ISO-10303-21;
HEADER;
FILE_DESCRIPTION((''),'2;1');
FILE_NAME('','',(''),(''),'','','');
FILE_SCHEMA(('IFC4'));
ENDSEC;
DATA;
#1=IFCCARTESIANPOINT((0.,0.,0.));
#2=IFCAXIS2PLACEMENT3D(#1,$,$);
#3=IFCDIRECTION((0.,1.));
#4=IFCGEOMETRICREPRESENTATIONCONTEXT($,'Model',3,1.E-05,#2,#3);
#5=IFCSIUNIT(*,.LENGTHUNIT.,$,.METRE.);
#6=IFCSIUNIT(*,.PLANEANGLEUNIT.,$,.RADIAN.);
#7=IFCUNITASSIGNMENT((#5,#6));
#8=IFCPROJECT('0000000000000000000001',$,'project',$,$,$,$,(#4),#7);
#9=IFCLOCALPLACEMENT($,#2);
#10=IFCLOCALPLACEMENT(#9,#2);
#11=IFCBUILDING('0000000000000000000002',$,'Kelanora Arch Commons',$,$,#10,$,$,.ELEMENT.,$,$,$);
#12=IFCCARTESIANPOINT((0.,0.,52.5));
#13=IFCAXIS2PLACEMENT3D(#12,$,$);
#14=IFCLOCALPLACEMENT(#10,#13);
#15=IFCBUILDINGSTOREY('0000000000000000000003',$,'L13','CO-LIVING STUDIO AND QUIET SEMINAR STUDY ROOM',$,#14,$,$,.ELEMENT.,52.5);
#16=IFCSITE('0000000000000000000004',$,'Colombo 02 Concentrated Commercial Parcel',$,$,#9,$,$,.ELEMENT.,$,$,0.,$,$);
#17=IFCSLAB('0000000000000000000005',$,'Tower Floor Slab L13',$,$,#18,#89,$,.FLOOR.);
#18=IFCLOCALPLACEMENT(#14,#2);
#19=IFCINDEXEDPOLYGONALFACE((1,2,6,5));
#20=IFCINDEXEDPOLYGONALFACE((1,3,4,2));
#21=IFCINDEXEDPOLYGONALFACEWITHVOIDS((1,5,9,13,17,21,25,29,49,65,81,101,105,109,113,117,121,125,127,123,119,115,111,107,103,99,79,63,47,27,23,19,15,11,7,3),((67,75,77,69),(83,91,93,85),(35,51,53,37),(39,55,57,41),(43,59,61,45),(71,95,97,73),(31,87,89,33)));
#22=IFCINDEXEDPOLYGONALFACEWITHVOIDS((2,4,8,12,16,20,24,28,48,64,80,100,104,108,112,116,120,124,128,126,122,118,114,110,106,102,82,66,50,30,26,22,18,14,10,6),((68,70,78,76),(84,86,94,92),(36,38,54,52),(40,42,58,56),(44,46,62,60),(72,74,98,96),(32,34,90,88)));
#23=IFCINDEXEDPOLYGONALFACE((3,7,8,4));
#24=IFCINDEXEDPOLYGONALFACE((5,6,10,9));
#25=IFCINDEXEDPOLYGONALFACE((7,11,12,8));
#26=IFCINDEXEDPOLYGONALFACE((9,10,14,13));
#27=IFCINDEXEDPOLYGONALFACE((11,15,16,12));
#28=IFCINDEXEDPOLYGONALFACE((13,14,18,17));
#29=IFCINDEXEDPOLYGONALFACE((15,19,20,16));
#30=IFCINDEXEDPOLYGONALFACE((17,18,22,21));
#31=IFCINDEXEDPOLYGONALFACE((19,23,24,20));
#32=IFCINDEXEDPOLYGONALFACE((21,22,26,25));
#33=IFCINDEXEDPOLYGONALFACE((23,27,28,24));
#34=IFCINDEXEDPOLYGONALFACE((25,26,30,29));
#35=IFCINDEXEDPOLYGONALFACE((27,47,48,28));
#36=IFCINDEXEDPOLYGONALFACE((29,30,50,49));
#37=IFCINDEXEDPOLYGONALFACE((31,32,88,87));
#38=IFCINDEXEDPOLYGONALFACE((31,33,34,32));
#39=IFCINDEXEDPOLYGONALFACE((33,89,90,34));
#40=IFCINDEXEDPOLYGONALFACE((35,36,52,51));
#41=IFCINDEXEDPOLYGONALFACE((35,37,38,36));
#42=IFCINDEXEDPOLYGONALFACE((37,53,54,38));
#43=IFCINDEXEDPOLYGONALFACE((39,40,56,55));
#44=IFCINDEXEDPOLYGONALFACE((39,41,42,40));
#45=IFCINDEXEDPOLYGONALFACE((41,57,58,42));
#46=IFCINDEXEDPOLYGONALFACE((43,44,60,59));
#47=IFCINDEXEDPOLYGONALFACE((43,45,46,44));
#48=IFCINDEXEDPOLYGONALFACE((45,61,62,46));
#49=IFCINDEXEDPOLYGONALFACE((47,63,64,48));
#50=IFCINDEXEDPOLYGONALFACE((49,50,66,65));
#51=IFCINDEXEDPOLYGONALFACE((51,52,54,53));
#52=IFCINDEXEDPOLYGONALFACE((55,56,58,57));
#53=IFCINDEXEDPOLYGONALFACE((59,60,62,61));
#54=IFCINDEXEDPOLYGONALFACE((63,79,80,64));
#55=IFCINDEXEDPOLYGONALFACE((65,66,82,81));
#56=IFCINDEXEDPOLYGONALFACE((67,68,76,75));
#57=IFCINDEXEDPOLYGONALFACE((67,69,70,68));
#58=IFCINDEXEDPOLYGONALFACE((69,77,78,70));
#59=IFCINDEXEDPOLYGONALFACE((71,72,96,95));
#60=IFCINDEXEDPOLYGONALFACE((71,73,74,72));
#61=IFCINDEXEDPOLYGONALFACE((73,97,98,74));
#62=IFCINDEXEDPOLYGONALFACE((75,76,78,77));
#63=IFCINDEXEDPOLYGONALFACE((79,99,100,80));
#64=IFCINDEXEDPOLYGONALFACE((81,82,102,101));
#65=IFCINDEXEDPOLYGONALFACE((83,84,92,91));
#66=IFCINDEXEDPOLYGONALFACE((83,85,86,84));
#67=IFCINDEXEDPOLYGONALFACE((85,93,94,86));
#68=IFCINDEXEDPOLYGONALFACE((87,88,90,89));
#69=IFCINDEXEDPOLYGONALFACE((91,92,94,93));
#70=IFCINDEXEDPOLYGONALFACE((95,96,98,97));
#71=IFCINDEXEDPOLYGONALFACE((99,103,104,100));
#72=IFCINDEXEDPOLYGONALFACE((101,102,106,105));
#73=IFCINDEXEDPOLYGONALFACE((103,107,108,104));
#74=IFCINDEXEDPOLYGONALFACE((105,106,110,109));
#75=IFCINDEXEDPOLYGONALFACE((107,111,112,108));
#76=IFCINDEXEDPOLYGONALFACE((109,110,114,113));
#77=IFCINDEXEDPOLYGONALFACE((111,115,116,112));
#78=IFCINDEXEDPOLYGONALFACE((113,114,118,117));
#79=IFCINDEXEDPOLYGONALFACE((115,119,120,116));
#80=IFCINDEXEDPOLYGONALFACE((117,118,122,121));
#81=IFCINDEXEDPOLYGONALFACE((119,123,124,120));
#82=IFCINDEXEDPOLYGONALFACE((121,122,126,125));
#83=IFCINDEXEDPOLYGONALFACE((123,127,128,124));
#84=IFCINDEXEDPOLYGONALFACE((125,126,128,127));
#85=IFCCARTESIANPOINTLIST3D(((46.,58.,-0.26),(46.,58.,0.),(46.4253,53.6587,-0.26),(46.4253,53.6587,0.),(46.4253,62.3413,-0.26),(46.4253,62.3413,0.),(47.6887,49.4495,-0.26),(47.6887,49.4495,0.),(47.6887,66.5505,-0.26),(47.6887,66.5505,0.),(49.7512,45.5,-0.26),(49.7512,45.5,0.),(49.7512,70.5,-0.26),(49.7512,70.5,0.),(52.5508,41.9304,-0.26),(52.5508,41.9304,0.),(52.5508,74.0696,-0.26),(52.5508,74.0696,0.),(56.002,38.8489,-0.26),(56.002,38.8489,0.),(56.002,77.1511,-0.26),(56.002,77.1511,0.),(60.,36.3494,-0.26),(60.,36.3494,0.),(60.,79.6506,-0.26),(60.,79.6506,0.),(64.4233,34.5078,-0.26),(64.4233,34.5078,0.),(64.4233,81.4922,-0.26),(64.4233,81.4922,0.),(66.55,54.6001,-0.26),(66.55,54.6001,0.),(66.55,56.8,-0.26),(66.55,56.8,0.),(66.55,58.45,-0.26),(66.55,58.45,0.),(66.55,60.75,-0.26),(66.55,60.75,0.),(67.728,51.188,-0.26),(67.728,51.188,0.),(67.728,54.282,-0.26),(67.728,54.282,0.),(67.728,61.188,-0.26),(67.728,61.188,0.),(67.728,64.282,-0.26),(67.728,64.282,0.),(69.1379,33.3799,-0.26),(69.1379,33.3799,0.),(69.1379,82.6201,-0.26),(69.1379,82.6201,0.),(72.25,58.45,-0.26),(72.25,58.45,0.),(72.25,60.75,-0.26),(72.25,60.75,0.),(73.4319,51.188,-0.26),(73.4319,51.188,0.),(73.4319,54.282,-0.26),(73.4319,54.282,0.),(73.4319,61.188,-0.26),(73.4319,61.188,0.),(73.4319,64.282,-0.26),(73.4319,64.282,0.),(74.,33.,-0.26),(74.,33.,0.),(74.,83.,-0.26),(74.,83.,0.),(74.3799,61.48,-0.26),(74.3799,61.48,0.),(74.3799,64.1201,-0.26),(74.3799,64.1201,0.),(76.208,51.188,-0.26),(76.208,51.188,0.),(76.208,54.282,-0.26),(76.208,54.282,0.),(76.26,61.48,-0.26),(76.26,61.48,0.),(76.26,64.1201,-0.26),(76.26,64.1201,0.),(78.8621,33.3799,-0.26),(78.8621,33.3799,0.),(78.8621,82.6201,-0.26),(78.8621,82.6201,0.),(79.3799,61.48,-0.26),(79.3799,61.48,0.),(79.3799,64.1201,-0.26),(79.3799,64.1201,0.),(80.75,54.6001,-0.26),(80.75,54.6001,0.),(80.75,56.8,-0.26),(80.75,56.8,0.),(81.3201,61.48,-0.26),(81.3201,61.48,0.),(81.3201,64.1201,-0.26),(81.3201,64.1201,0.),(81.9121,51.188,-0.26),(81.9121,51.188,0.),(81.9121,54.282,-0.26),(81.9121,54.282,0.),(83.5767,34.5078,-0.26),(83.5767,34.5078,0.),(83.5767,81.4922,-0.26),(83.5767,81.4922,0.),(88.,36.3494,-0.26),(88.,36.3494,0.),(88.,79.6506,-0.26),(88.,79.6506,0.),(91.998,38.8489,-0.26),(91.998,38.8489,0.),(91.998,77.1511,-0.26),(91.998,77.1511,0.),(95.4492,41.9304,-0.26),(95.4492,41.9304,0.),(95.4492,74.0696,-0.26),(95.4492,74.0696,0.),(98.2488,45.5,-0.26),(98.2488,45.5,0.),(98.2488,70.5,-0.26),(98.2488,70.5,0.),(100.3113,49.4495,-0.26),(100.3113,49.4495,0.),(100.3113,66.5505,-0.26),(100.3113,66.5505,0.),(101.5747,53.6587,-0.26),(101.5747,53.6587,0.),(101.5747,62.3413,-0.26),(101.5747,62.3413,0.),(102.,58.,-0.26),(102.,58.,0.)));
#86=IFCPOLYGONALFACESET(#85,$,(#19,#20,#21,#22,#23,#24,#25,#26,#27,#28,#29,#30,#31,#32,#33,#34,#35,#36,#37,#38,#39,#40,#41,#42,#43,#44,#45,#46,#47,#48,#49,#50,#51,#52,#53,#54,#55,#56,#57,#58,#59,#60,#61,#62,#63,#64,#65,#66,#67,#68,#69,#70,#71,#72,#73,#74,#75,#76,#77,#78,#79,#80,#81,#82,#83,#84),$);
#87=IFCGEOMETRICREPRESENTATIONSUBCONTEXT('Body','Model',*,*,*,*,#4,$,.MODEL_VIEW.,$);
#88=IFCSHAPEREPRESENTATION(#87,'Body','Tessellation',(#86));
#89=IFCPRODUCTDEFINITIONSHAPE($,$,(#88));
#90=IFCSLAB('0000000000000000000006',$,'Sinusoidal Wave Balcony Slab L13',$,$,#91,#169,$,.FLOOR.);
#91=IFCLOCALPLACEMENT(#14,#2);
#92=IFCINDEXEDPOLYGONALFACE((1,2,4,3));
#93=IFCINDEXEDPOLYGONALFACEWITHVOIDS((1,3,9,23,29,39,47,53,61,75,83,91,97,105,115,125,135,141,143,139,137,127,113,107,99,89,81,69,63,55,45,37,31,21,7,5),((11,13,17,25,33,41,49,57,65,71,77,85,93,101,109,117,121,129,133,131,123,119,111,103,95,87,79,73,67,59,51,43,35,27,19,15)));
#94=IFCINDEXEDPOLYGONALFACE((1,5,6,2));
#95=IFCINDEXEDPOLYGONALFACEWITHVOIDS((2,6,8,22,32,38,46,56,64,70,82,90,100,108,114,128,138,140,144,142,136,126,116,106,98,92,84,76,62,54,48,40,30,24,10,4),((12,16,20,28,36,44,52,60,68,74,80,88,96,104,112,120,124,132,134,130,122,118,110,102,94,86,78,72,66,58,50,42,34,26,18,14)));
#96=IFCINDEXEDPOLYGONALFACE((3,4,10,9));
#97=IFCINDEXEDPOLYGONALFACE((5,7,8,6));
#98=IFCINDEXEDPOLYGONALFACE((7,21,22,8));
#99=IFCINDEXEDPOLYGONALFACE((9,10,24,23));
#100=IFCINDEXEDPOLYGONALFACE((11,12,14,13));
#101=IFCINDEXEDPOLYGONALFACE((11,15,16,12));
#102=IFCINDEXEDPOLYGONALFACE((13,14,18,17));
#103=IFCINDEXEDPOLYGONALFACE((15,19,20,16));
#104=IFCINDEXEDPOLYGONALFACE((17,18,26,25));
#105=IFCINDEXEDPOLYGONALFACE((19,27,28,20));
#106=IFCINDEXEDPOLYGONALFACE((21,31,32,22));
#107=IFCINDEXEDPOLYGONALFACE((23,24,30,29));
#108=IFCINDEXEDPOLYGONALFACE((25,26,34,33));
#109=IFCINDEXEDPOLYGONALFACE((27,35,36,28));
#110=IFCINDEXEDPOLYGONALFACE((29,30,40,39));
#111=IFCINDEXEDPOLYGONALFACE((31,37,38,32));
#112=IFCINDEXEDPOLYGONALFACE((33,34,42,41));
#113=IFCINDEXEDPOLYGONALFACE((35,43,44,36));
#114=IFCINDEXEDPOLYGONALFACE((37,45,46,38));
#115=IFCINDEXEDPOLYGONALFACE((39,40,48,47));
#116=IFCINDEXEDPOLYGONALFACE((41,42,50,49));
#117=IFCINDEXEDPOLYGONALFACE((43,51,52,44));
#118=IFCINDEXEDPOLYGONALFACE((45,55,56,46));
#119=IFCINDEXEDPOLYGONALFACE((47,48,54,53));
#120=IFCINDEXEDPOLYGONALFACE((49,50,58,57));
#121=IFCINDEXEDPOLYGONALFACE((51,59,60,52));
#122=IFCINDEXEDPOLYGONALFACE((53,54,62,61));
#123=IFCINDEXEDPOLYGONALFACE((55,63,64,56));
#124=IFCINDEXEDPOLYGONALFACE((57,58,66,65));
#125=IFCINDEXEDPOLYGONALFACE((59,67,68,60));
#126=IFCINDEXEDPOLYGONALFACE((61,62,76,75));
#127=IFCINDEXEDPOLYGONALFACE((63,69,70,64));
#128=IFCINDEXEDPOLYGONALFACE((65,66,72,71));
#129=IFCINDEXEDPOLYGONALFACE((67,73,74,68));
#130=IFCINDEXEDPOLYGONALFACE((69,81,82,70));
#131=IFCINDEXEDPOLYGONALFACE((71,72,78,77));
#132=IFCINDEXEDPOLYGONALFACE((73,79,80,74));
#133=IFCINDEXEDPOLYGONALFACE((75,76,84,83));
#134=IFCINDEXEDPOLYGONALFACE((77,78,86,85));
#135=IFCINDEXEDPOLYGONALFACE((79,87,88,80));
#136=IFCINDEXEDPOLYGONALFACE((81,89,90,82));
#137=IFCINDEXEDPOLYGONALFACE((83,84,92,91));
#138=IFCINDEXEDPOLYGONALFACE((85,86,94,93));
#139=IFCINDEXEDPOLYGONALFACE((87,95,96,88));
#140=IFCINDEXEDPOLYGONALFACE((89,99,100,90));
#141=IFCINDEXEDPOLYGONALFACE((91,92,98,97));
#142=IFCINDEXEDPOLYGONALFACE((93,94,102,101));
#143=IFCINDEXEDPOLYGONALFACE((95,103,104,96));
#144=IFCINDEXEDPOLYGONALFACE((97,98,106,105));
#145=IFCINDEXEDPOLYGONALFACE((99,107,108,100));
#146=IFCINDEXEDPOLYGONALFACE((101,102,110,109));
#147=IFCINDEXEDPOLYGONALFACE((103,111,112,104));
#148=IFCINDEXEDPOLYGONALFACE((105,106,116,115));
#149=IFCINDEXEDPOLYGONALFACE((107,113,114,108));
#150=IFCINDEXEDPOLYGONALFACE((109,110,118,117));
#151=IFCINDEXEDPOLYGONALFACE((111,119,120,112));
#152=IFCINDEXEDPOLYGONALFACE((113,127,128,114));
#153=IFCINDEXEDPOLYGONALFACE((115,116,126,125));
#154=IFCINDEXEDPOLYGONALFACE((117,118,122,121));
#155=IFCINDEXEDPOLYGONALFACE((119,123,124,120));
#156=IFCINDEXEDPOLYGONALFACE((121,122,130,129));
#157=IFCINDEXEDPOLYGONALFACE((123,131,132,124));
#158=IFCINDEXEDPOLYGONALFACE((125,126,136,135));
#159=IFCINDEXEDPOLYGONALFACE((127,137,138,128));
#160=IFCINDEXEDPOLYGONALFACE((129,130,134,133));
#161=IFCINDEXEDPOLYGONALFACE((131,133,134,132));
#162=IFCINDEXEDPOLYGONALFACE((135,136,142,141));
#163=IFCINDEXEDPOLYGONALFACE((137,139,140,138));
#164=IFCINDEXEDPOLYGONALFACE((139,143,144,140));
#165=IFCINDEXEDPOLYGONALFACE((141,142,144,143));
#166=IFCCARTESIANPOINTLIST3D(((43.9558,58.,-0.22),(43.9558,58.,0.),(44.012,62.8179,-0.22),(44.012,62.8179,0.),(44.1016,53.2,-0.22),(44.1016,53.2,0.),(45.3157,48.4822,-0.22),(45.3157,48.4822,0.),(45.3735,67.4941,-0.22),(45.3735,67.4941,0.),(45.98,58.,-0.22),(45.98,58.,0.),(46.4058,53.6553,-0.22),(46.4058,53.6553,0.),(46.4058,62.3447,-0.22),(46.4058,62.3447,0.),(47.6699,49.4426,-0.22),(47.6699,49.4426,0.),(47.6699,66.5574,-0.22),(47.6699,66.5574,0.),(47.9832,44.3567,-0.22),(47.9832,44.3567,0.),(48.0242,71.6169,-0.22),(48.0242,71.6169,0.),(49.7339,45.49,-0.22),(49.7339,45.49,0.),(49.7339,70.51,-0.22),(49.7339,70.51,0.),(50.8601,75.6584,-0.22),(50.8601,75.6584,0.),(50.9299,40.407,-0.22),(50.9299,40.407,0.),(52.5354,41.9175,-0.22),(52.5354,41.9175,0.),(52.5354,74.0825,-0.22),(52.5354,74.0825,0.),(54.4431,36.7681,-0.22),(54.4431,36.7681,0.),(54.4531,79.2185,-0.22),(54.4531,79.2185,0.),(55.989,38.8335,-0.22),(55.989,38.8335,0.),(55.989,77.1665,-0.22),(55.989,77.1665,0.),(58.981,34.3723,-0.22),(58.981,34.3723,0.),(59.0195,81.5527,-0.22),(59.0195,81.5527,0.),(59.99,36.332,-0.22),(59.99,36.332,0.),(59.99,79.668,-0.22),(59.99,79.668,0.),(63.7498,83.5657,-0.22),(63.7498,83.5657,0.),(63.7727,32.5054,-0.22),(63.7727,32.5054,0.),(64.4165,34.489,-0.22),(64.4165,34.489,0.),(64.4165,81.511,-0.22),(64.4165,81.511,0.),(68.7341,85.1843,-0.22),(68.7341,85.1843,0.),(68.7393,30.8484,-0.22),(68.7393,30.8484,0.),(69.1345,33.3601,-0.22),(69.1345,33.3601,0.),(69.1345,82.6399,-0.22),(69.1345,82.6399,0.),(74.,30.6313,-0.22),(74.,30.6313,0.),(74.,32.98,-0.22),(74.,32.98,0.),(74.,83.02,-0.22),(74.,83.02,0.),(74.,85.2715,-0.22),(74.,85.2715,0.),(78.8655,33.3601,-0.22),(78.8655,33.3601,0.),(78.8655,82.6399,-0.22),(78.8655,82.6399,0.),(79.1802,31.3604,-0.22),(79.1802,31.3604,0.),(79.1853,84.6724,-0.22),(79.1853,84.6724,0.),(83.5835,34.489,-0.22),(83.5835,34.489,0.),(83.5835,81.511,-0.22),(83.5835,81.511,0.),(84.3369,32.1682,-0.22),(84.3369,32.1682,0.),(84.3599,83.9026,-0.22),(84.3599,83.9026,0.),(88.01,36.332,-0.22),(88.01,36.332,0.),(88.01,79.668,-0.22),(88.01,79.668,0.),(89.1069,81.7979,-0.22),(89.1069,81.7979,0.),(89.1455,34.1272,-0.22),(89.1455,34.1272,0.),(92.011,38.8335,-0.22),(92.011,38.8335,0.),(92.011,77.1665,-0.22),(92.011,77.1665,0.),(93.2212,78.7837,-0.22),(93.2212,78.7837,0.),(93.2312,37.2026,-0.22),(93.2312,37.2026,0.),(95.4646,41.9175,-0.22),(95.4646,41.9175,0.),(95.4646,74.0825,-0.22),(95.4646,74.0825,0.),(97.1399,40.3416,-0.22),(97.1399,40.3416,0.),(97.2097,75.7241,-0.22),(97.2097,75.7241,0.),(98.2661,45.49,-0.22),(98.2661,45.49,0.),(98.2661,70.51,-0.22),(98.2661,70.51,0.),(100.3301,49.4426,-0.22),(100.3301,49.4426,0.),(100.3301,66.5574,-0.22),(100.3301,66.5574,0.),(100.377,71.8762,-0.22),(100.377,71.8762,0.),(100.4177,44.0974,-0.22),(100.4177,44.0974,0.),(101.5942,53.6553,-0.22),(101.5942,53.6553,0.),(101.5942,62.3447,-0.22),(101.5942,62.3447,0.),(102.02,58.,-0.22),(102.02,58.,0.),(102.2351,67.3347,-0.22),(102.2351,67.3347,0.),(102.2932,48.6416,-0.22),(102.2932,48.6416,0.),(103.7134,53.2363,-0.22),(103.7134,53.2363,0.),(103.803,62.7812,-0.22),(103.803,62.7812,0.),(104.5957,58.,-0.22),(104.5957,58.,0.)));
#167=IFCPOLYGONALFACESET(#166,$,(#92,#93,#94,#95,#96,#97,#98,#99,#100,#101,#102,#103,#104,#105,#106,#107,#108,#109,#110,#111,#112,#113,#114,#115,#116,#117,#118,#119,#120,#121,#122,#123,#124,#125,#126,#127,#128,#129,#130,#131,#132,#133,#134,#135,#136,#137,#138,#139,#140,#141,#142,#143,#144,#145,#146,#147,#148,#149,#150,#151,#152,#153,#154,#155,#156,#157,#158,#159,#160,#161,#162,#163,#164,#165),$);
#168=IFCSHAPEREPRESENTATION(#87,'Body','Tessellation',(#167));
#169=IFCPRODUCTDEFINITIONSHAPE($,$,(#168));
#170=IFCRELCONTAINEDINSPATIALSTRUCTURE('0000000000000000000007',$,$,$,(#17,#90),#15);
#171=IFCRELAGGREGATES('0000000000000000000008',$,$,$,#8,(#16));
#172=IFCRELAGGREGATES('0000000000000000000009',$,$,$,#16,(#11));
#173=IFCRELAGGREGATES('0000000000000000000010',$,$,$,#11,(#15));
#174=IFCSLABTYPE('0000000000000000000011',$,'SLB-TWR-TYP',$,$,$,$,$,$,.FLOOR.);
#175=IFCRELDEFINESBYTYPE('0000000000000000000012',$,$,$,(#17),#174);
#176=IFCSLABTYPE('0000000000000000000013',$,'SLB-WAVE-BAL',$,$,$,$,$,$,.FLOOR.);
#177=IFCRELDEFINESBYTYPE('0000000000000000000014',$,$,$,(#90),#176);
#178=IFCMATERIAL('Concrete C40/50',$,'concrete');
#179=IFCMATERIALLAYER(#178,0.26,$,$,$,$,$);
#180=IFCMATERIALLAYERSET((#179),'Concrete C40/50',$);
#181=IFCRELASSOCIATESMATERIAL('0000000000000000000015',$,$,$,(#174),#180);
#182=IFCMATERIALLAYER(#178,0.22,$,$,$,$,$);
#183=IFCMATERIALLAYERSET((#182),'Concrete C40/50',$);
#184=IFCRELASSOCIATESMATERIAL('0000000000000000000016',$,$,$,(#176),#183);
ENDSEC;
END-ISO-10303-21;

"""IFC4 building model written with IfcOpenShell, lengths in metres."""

from ifc_helpers import new_model, si_unit, direction, frame, origin, place, context, subcontext, project, spatial, polyline, outline, extrude, material, layer, layer_set, type_object, element, save


model = new_model("IFC4")

# Units and contexts
model_context = context("Model", 3, precision=1e-05, world=origin(), true_north=direction((0.0, 1.0)))
body_context = subcontext(model_context, "Body", "Model", "MODEL_VIEW")
ifc_project = project(units=[si_unit("LENGTHUNIT", "METRE"), si_unit("PLANEANGLEUNIT", "RADIAN")], contexts=[model_context])

# Site, building, storey
site_placement = place(None, origin())
site = spatial("IfcSite", under=ifc_project, at=site_placement, Name="Colombo 02 Concentrated Commercial Parcel", CompositionType="ELEMENT", RefElevation=0.0)
building_placement = place(site_placement, origin())
building = spatial("IfcBuilding", under=site, at=building_placement, Name="Kelanora Arch Commons", CompositionType="ELEMENT")
storey_placement = place(building_placement, frame((0.0, 0.0, 52.5)))
storey = spatial("IfcBuildingStorey", under=building, at=storey_placement, Name="L13", Description="CO-LIVING STUDIO AND QUIET SEMINAR STUDY ROOM", CompositionType="ELEMENT", Elevation=52.5)

# Shared definitions
ifc_material_1 = material(Name="Concrete C40/50", Category="concrete")

# Slabs
ifc_layer_1 = layer(ifc_material_1, 0.26)
ifc_layer_set_1 = layer_set([ifc_layer_1], Name="Concrete C40/50")
slab_type_1 = type_object("IfcSlabType", Name="SLB-TWR-TYP", PredefinedType="FLOOR", material=ifc_layer_set_1)
slab_1_placement = place(storey_placement, frame((0.0, 0.0, -0.26)))
element("IfcSlab", 1, at=slab_1_placement, inside=storey, type_object=slab_type_1, Name="Tower Floor Slab L13", PredefinedType="FLOOR", context=body_context, shape_type="SweptSolid", body=[
    extrude(outline(polyline([(102.0, 58.0), (101.5747, 62.3413), (100.3113, 66.5505), (98.2488, 70.5), (95.4492, 74.0696), (91.998, 77.1511), (88.0, 79.6506), (83.5767, 81.4922), (78.8621, 82.6201), (74.0, 83.0), (69.1379, 82.6201), (64.4233, 81.4922), (60.0, 79.6506), (56.002, 77.1511), (52.5508, 74.0696), (49.7512, 70.5), (47.6887, 66.5505), (46.4253, 62.3413), (46.0, 58.0), (46.4253, 53.6587), (47.6887, 49.4495), (49.7512, 45.5), (52.5508, 41.9304), (56.002, 38.8489), (60.0, 36.3494), (64.4233, 34.5078), (69.1379, 33.3799), (74.0, 33.0), (78.8621, 33.3799), (83.5767, 34.5078), (88.0, 36.3494), (91.998, 38.8489), (95.4492, 41.9304), (98.2488, 45.5), (100.3113, 49.4495), (101.5747, 53.6587), (102.0, 58.0)]), holes=[polyline([(73.4319, 51.188), (67.728, 51.188), (67.728, 54.282), (73.4319, 54.282), (73.4319, 51.188)]), polyline([(76.208, 51.188), (76.208, 54.282), (81.9121, 54.282), (81.9121, 51.188), (76.208, 51.188)]), polyline([(66.55, 54.6001), (66.55, 56.8), (80.75, 56.8), (80.75, 54.6001), (66.55, 54.6001)]), polyline([(66.55, 58.45), (66.55, 60.75), (72.25, 60.75), (72.25, 58.45), (66.55, 58.45)]), polyline([(67.728, 61.188), (67.728, 64.282), (73.4319, 64.282), (73.4319, 61.188), (67.728, 61.188)]), polyline([(74.3799, 61.48), (74.3799, 64.1201), (76.26, 64.1201), (76.26, 61.48), (74.3799, 61.48)]), polyline([(79.3799, 61.48), (79.3799, 64.1201), (81.3201, 64.1201), (81.3201, 61.48), (79.3799, 61.48)])]), origin(), (0.0, 0.0, 1.0), 0.26),
])
ifc_layer_2 = layer(ifc_material_1, 0.22)
ifc_layer_set_2 = layer_set([ifc_layer_2], Name="Concrete C40/50")
slab_type_2 = type_object("IfcSlabType", Name="SLB-WAVE-BAL", PredefinedType="FLOOR", material=ifc_layer_set_2)
slab_2_placement = place(storey_placement, frame((0.0, 0.0, -0.22)))
element("IfcSlab", 2, at=slab_2_placement, inside=storey, type_object=slab_type_2, Name="Sinusoidal Wave Balcony Slab L13", PredefinedType="FLOOR", context=body_context, shape_type="SweptSolid", body=[
    extrude(outline(polyline([(104.5957, 58.0), (103.803, 62.7812), (102.2351, 67.3347), (100.377, 71.8762), (97.2097, 75.7241), (93.2212, 78.7837), (89.1069, 81.7979), (84.3599, 83.9026), (79.1853, 84.6724), (74.0, 85.2715), (68.7341, 85.1843), (63.7498, 83.5657), (59.0195, 81.5527), (54.4531, 79.2185), (50.8601, 75.6584), (48.0242, 71.6169), (45.3735, 67.4941), (44.012, 62.8179), (43.9558, 58.0), (44.1016, 53.2), (45.3157, 48.4822), (47.9832, 44.3567), (50.9299, 40.407), (54.4431, 36.7681), (58.981, 34.3723), (63.7727, 32.5054), (68.7393, 30.8484), (74.0, 30.6313), (79.1802, 31.3604), (84.3369, 32.1682), (89.1455, 34.1272), (93.2312, 37.2026), (97.1399, 40.3416), (100.4177, 44.0974), (102.2932, 48.6416), (103.7134, 53.2363), (104.5957, 58.0)]), holes=[polyline([(101.5942, 53.6553), (100.3301, 49.4426), (98.2661, 45.49), (95.4646, 41.9175), (92.011, 38.8335), (88.01, 36.332), (83.5835, 34.489), (78.8655, 33.3601), (74.0, 32.98), (69.1345, 33.3601), (64.4165, 34.489), (59.99, 36.332), (55.989, 38.8335), (52.5354, 41.9175), (49.7339, 45.49), (47.6699, 49.4426), (46.4058, 53.6553), (45.98, 58.0), (46.4058, 62.3447), (47.6699, 66.5574), (49.7339, 70.51), (52.5354, 74.0825), (55.989, 77.1665), (59.99, 79.668), (64.4165, 81.511), (69.1345, 82.6399), (74.0, 83.02), (78.8655, 82.6399), (83.5835, 81.511), (88.01, 79.668), (92.011, 77.1665), (95.4646, 74.0825), (98.2661, 70.51), (100.3301, 66.5574), (101.5942, 62.3447), (102.02, 58.0), (101.5942, 53.6553)])]), origin(), (0.0, 0.0, 1.0), 0.22),
])

save(model, "model.ifc")
